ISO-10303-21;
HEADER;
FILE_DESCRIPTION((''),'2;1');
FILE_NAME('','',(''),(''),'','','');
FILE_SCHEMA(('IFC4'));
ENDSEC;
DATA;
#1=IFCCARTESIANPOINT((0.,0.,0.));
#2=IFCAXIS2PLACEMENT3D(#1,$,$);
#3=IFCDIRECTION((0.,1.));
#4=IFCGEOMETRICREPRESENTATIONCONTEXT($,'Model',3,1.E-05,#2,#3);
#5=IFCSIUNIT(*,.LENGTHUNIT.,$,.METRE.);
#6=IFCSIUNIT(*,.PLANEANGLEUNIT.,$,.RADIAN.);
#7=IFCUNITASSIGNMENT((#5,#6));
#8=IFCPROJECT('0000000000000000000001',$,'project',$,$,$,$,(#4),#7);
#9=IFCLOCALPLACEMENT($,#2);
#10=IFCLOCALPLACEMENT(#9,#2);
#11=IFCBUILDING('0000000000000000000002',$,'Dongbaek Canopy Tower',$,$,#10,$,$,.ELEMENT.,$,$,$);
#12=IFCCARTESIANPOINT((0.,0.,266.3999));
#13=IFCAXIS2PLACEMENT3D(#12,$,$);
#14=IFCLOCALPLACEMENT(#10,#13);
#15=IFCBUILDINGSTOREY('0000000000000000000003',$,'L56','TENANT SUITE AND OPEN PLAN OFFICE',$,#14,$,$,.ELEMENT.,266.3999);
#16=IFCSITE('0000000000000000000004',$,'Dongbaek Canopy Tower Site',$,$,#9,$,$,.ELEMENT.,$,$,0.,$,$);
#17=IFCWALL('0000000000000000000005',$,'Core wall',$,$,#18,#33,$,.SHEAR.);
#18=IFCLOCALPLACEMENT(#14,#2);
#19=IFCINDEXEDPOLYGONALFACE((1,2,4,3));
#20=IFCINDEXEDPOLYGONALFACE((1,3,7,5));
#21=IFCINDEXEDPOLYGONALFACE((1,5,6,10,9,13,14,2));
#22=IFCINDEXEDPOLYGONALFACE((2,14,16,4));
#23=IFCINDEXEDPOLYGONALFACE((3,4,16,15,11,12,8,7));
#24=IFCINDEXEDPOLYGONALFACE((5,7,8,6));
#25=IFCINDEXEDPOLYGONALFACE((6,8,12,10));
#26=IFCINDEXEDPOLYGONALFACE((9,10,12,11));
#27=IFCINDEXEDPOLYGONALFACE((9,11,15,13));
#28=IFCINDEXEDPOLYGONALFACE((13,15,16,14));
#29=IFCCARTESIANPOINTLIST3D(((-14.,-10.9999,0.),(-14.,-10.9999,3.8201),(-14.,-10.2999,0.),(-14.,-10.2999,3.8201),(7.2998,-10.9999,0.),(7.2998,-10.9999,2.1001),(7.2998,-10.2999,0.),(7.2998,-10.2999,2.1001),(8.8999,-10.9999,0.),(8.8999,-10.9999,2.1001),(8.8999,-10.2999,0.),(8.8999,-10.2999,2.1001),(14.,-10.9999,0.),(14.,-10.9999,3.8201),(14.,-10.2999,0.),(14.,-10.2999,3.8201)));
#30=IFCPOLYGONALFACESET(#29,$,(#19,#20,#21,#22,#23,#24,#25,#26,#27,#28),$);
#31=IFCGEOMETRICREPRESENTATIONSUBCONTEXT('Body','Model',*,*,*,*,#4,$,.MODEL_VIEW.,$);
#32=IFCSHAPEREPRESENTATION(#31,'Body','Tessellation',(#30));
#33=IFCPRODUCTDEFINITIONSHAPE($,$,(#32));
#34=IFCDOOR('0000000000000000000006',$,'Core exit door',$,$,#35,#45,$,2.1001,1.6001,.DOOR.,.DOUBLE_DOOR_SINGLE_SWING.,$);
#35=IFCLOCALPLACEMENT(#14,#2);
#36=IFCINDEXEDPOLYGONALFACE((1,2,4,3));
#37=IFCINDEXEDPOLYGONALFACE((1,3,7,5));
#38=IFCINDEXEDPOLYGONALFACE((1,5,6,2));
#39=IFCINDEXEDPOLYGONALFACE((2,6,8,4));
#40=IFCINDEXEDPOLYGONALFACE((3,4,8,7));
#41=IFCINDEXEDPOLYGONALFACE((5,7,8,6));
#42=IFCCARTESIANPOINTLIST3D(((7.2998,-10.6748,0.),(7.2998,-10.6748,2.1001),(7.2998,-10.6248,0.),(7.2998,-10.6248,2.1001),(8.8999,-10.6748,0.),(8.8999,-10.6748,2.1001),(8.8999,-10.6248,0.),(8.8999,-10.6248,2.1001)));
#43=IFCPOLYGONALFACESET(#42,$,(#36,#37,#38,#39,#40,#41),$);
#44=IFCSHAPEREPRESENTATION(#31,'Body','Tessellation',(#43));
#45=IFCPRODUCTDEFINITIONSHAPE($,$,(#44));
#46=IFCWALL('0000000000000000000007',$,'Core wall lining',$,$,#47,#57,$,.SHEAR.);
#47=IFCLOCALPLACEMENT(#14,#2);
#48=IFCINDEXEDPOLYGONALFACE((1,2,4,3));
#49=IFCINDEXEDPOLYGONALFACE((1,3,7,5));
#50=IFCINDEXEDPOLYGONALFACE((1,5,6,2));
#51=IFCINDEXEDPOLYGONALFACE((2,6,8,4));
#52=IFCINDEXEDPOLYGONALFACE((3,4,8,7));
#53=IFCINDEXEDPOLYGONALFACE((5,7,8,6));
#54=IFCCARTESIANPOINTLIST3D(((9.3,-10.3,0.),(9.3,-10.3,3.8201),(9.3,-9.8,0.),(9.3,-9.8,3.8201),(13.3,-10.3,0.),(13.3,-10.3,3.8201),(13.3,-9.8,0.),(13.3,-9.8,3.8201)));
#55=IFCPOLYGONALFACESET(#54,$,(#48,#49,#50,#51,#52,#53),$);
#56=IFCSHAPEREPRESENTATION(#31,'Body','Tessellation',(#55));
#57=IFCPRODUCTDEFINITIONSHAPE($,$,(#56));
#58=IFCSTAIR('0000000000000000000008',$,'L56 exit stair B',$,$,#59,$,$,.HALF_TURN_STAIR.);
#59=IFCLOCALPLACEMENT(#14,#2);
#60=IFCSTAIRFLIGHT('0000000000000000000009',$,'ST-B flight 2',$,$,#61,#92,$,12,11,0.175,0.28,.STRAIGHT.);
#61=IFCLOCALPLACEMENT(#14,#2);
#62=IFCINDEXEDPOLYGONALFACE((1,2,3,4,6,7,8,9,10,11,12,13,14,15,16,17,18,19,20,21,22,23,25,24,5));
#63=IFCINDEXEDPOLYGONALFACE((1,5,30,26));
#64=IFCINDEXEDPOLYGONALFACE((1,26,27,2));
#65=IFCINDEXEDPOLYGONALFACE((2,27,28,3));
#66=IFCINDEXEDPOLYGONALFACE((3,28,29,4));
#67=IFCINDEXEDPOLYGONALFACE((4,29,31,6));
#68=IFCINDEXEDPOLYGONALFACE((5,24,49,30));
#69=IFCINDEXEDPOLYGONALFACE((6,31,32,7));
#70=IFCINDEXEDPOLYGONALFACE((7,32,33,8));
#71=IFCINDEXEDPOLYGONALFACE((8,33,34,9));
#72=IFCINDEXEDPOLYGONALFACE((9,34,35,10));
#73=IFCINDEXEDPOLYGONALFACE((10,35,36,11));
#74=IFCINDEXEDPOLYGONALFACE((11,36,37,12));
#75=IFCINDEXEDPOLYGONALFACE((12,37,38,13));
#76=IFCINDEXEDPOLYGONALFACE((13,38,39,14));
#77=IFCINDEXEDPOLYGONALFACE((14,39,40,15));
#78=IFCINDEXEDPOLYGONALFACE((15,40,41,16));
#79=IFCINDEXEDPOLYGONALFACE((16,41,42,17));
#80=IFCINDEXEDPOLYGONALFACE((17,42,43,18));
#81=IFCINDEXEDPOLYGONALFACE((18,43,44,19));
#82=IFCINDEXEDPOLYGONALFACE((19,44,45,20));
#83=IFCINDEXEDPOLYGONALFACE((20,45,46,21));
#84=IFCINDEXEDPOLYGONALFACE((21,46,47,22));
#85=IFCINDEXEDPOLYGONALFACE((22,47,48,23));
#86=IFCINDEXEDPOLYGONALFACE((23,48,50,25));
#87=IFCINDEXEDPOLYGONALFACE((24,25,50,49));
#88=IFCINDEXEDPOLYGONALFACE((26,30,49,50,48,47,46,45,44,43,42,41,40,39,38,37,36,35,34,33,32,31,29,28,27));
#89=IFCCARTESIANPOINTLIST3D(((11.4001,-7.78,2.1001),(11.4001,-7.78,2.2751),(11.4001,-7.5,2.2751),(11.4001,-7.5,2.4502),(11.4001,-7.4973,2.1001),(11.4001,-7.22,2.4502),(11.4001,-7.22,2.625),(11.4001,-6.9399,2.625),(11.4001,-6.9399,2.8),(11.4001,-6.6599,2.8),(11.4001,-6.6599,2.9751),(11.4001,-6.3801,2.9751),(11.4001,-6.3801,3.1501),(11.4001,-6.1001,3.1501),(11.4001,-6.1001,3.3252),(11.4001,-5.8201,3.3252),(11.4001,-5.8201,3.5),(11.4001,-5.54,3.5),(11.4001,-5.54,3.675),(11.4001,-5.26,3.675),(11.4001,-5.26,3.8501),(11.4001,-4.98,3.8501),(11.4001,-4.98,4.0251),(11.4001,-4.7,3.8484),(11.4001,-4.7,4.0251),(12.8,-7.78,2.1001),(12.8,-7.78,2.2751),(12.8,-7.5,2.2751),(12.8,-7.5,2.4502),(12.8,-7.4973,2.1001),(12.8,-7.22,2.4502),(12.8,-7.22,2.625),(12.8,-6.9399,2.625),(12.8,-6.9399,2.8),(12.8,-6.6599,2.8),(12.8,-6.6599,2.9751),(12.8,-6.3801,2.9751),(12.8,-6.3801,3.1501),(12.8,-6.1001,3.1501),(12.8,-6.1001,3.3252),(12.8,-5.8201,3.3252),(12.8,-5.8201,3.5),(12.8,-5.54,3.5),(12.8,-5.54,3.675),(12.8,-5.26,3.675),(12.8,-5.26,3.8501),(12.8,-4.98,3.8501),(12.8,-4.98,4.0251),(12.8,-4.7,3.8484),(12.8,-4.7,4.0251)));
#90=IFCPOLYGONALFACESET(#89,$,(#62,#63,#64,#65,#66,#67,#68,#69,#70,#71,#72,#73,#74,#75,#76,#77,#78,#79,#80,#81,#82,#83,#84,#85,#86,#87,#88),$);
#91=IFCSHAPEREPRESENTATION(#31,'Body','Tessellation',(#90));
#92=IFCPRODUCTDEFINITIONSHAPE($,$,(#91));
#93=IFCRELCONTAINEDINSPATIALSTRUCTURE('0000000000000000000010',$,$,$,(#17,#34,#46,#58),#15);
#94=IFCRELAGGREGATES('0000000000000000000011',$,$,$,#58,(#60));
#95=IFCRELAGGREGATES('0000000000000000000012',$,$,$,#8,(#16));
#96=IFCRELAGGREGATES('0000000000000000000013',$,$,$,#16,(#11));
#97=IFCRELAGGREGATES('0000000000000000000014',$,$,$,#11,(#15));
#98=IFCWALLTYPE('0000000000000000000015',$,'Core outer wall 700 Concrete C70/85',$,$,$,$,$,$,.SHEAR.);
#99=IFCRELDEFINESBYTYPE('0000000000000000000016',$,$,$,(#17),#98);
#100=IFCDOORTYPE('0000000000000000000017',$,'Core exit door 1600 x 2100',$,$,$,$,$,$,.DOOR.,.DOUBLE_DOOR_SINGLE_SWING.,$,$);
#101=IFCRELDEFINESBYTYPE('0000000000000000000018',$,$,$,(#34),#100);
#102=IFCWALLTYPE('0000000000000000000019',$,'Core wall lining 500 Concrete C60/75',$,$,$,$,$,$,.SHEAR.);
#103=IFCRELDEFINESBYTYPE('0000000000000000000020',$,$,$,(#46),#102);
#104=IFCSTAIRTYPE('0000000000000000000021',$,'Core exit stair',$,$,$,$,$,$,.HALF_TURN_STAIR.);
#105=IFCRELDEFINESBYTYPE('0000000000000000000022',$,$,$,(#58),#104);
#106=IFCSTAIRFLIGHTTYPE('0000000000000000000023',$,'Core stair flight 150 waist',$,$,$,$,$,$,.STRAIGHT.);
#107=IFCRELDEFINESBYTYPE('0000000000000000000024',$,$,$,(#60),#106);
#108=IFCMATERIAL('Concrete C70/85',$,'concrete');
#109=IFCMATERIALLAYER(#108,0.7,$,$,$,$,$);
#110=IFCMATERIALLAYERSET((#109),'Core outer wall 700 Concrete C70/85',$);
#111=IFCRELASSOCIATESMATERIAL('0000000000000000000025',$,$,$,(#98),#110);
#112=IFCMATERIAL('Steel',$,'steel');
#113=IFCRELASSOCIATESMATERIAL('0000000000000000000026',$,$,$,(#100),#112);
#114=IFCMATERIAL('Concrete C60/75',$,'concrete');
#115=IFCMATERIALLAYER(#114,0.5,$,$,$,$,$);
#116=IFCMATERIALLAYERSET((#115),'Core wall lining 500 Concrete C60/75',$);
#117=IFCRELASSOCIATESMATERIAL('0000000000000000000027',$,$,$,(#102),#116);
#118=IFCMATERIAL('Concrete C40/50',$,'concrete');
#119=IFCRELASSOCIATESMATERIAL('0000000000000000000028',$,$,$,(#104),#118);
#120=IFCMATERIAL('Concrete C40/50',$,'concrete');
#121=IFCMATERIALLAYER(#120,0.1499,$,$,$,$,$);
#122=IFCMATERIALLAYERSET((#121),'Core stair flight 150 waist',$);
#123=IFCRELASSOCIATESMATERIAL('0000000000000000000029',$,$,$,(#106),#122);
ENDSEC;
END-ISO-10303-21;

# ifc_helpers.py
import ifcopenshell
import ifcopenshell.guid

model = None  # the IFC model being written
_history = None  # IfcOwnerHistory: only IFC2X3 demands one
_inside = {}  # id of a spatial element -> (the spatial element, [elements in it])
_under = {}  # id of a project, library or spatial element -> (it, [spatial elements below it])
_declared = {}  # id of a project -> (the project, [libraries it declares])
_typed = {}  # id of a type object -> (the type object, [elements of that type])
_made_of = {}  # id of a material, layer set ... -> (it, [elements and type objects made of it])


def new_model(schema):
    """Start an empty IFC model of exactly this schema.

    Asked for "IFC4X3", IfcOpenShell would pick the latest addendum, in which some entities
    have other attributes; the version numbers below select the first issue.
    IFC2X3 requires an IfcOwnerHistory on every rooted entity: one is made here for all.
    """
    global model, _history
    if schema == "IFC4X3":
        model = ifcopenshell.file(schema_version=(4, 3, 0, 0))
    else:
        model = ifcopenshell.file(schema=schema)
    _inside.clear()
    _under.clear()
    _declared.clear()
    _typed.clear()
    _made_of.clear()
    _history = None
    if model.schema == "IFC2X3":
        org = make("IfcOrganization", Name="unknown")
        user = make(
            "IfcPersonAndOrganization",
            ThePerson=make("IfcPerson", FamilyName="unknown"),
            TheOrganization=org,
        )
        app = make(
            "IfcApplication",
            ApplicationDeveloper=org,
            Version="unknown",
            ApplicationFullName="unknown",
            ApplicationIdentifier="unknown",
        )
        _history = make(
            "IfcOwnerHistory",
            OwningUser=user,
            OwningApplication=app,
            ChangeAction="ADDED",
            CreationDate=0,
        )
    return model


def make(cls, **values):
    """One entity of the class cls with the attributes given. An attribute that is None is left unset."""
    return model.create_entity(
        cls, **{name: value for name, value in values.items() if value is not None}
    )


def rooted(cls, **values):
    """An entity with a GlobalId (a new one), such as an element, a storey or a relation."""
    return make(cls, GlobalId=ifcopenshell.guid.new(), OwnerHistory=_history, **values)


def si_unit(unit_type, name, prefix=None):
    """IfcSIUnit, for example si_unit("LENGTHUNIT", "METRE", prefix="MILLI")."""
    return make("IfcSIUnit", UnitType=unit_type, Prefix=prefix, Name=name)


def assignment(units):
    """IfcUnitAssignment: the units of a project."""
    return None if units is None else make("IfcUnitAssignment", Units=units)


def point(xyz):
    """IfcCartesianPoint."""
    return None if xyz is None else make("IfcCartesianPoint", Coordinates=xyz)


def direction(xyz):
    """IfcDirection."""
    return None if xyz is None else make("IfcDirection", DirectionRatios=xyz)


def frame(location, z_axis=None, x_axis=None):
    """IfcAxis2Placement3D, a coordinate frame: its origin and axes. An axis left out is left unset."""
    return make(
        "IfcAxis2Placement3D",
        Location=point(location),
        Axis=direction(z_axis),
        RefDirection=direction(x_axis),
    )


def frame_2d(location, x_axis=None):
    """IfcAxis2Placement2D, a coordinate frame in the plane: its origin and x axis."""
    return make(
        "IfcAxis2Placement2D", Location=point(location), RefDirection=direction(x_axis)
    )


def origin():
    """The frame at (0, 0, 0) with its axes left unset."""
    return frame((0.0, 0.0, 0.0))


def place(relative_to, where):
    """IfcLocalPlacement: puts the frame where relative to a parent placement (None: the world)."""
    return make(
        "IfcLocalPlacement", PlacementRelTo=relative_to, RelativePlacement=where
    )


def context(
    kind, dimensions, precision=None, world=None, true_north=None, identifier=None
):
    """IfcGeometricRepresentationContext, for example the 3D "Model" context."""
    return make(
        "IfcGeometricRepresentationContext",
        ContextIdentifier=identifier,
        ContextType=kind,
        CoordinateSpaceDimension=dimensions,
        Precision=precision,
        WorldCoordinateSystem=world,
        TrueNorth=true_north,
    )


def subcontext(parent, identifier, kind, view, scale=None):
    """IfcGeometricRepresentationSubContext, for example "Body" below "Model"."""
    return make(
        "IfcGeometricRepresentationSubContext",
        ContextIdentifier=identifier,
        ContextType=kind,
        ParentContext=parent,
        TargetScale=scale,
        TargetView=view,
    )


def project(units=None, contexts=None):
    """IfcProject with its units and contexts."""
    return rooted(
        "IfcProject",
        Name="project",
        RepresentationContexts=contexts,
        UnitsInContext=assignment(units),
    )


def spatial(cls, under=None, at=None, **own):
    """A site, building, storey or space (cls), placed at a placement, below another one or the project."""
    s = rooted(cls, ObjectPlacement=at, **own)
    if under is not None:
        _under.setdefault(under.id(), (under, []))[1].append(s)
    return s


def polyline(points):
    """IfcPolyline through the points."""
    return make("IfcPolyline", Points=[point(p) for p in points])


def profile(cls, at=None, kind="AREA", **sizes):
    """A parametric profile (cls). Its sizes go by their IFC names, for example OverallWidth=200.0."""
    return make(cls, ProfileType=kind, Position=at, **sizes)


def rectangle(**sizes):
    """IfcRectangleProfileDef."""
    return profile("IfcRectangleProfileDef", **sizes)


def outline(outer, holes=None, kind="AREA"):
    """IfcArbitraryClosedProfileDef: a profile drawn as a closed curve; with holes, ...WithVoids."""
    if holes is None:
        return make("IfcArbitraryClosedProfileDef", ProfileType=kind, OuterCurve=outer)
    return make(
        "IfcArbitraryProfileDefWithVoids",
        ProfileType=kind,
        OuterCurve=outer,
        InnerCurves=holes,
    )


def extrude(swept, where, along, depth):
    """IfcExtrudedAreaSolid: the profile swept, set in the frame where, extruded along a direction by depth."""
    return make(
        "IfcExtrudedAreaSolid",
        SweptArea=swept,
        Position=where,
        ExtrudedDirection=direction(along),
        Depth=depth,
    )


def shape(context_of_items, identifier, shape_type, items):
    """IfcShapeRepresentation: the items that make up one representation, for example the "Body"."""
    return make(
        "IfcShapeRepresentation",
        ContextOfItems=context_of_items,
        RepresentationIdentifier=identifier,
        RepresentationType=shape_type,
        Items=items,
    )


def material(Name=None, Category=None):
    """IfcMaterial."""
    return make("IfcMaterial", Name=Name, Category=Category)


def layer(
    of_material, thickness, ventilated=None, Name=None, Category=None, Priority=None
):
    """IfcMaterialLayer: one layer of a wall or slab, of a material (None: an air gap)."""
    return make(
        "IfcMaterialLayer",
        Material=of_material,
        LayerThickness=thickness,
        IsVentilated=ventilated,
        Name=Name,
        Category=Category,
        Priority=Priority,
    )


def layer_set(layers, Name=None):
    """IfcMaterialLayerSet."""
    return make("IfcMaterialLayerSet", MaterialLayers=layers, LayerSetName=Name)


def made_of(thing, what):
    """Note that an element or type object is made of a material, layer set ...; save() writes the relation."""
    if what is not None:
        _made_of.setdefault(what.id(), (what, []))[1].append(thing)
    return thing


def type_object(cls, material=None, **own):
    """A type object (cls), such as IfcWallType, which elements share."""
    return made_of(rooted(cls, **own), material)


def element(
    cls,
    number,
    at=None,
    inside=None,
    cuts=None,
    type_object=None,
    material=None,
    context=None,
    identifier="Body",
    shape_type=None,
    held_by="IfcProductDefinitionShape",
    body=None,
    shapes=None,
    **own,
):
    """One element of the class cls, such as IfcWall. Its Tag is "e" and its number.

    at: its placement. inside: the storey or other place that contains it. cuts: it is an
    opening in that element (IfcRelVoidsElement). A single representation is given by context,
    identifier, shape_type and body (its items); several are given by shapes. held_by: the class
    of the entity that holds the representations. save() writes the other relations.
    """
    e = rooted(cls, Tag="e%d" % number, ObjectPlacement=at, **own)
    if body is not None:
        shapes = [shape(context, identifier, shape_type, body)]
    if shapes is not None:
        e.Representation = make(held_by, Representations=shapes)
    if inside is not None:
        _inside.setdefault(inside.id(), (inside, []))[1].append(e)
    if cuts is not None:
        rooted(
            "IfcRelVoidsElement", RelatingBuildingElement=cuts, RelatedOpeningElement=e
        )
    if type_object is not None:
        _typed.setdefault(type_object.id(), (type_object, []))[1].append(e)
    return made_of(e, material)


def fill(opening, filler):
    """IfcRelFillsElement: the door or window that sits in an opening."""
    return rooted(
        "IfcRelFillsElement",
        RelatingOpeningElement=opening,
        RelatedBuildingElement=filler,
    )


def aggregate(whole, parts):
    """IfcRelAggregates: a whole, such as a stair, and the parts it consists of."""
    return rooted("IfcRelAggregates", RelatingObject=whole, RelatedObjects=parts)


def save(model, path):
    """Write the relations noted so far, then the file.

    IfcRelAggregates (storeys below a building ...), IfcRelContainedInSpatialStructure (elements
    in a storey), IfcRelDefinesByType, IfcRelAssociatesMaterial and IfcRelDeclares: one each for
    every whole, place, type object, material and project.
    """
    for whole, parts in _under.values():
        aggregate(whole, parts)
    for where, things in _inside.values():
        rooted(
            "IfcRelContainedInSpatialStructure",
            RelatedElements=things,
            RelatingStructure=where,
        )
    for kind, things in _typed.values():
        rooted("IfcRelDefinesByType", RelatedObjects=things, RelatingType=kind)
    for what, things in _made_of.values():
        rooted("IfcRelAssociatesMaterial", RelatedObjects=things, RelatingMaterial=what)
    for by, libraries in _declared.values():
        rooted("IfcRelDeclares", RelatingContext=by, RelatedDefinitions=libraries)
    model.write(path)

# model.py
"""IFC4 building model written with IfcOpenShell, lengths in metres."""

from ifc_helpers import new_model, si_unit, direction, frame, frame_2d, origin, place, context, subcontext, project, spatial, polyline, rectangle, outline, extrude, material, layer, layer_set, type_object, element, fill, aggregate, save


model = new_model("IFC4")

# Units and contexts
model_context = context("Model", 3, precision=1e-05, world=origin(), true_north=direction((0.0, 1.0)))
body_context = subcontext(model_context, "Body", "Model", "MODEL_VIEW")
ifc_project = project(units=[si_unit("LENGTHUNIT", "METRE"), si_unit("PLANEANGLEUNIT", "RADIAN")], contexts=[model_context])

# Site, building, storey
site_placement = place(None, origin())
site = spatial("IfcSite", under=ifc_project, at=site_placement, Name="Dongbaek Canopy Tower Site", CompositionType="ELEMENT", RefElevation=0.0)
building_placement = place(site_placement, origin())
building = spatial("IfcBuilding", under=site, at=building_placement, Name="Dongbaek Canopy Tower", CompositionType="ELEMENT")
storey_placement = place(building_placement, frame((0.0, 0.0, 266.3999)))
storey = spatial("IfcBuildingStorey", under=building, at=storey_placement, Name="L56", Description="TENANT SUITE AND OPEN PLAN OFFICE", CompositionType="ELEMENT", Elevation=266.3999)

# Wall, opening, door
ifc_material_1 = material(Name="Concrete C70/85", Category="concrete")
ifc_layer_1 = layer(ifc_material_1, 0.7)
ifc_layer_set_1 = layer_set([ifc_layer_1], Name="Core outer wall 700 Concrete C70/85")
wall_type_1 = type_object("IfcWallType", Name="Core outer wall 700 Concrete C70/85", PredefinedType="SHEAR", material=ifc_layer_set_1)
wall_1_placement = place(storey_placement, frame((14.0, -10.6499, 0.0), z_axis=(0.0, 0.0, 1.0), x_axis=(-1.0, 0.0, 0.0)))
wall_1 = element("IfcWall", 1, at=wall_1_placement, inside=storey, type_object=wall_type_1, Name="Core wall", PredefinedType="SHEAR", context=body_context, shape_type="SweptSolid", body=[
    extrude(rectangle(XDim=28.0, YDim=0.7, at=frame_2d((14.0, 0.0))), origin(), (0.0, 0.0, 1.0), 3.8201),
])
opening_1_placement = place(wall_1_placement, frame((5.1001, 0.0, 0.0)))
opening_1 = element("IfcOpeningElement", 2, at=opening_1_placement, cuts=wall_1, PredefinedType="OPENING", context=body_context, shape_type="SweptSolid", body=[
    extrude(rectangle(XDim=1.6001, YDim=2.1001, at=frame_2d((0.8, 1.05))), frame((0.0, 0.3599, 0.0), z_axis=(0.0, -1.0, 0.0), x_axis=(1.0, 0.0, 0.0)), (0.0, 0.0, 1.0), 0.72),
])
ifc_material_2 = material(Name="Steel", Category="steel")
door_type_1 = type_object("IfcDoorType", Name="Core exit door 1600 x 2100", OperationType="DOUBLE_DOOR_SINGLE_SWING", PredefinedType="DOOR", material=ifc_material_2)
door_1_placement = place(opening_1_placement, origin())
door_1 = element("IfcDoor", 3, at=door_1_placement, inside=storey, type_object=door_type_1, Name="Core exit door", OperationType="DOUBLE_DOOR_SINGLE_SWING", OverallHeight=2.1001, OverallWidth=1.6001, PredefinedType="DOOR", context=body_context, shape_type="SweptSolid", body=[
    extrude(rectangle(XDim=1.6001, YDim=2.1001, at=frame_2d((0.8, 1.05))), frame((0.0, 0.0249, 0.0), z_axis=(0.0, -1.0, 0.0), x_axis=(1.0, 0.0, 0.0)), (0.0, 0.0, 1.0), 0.05),
])
fill(opening_1, door_1)

# Wall
ifc_material_3 = material(Name="Concrete C60/75", Category="concrete")
ifc_layer_2 = layer(ifc_material_3, 0.5)
ifc_layer_set_2 = layer_set([ifc_layer_2], Name="Core wall lining 500 Concrete C60/75")
wall_type_2 = type_object("IfcWallType", Name="Core wall lining 500 Concrete C60/75", PredefinedType="SHEAR", material=ifc_layer_set_2)
wall_2_placement = place(storey_placement, frame((13.3, -10.05, 0.0), z_axis=(0.0, 0.0, 1.0), x_axis=(-1.0, 0.0, 0.0)))
element("IfcWall", 4, at=wall_2_placement, inside=storey, type_object=wall_type_2, Name="Core wall lining", PredefinedType="SHEAR", context=body_context, shape_type="SweptSolid", body=[
    extrude(rectangle(XDim=4.0, YDim=0.5, at=frame_2d((2.0, 0.0))), origin(), (0.0, 0.0, 1.0), 3.8201),
])

# Stair, stair flight
ifc_material_4 = material(Name="Concrete C40/50", Category="concrete")
stair_type = type_object("IfcStairType", Name="Core exit stair", PredefinedType="HALF_TURN_STAIR", material=ifc_material_4)
stair_placement = place(storey_placement, origin())
stair = element("IfcStair", 5, at=stair_placement, inside=storey, type_object=stair_type, Name="L56 exit stair B", PredefinedType="HALF_TURN_STAIR")
ifc_material_5 = material(Name="Concrete C40/50", Category="concrete")
ifc_layer_3 = layer(ifc_material_5, 0.1499)
ifc_layer_set_3 = layer_set([ifc_layer_3], Name="Core stair flight 150 waist")
stair_flight_type = type_object("IfcStairFlightType", Name="Core stair flight 150 waist", PredefinedType="STRAIGHT", material=ifc_layer_set_3)
stair_flight_placement = place(storey_placement, frame((12.1001, -7.78, 2.1001), z_axis=(0.0, 0.0, 1.0), x_axis=(0.0, 1.0, 0.0)))
stair_flight = element("IfcStairFlight", 6, at=stair_flight_placement, type_object=stair_flight_type, Name="ST-B flight 2", NumberOfRisers=12, NumberOfTreads=11, PredefinedType="STRAIGHT", RiserHeight=0.175, TreadLength=0.28, context=body_context, shape_type="SweptSolid", body=[
    extrude(outline(polyline([(0.0, 0.0), (0.0, 0.175), (0.28, 0.175), (0.28, 0.3501), (0.5601, 0.3501), (0.5601, 0.5249), (0.8401, 0.5249), (0.8401, 0.7), (1.1201, 0.7), (1.1201, 0.875), (1.3999, 0.875), (1.3999, 1.05), (1.6799, 1.05), (1.6799, 1.2251), (1.96, 1.2251), (1.96, 1.3999), (2.24, 1.3999), (2.24, 1.575), (2.52, 1.575), (2.52, 1.75), (2.8, 1.75), (2.8, 1.925), (3.0801, 1.925), (3.0801, 2.1001), (3.0801, 1.7483), (0.2827, 0.0), (0.0, 0.0)])), frame((0.0, 0.7, 0.0), z_axis=(0.0, -1.0, 0.0), x_axis=(1.0, 0.0, 0.0)), (0.0, 0.0, 1.0), 1.3999),
])
aggregate(stair, [stair_flight])

save(model, "model.ifc")
